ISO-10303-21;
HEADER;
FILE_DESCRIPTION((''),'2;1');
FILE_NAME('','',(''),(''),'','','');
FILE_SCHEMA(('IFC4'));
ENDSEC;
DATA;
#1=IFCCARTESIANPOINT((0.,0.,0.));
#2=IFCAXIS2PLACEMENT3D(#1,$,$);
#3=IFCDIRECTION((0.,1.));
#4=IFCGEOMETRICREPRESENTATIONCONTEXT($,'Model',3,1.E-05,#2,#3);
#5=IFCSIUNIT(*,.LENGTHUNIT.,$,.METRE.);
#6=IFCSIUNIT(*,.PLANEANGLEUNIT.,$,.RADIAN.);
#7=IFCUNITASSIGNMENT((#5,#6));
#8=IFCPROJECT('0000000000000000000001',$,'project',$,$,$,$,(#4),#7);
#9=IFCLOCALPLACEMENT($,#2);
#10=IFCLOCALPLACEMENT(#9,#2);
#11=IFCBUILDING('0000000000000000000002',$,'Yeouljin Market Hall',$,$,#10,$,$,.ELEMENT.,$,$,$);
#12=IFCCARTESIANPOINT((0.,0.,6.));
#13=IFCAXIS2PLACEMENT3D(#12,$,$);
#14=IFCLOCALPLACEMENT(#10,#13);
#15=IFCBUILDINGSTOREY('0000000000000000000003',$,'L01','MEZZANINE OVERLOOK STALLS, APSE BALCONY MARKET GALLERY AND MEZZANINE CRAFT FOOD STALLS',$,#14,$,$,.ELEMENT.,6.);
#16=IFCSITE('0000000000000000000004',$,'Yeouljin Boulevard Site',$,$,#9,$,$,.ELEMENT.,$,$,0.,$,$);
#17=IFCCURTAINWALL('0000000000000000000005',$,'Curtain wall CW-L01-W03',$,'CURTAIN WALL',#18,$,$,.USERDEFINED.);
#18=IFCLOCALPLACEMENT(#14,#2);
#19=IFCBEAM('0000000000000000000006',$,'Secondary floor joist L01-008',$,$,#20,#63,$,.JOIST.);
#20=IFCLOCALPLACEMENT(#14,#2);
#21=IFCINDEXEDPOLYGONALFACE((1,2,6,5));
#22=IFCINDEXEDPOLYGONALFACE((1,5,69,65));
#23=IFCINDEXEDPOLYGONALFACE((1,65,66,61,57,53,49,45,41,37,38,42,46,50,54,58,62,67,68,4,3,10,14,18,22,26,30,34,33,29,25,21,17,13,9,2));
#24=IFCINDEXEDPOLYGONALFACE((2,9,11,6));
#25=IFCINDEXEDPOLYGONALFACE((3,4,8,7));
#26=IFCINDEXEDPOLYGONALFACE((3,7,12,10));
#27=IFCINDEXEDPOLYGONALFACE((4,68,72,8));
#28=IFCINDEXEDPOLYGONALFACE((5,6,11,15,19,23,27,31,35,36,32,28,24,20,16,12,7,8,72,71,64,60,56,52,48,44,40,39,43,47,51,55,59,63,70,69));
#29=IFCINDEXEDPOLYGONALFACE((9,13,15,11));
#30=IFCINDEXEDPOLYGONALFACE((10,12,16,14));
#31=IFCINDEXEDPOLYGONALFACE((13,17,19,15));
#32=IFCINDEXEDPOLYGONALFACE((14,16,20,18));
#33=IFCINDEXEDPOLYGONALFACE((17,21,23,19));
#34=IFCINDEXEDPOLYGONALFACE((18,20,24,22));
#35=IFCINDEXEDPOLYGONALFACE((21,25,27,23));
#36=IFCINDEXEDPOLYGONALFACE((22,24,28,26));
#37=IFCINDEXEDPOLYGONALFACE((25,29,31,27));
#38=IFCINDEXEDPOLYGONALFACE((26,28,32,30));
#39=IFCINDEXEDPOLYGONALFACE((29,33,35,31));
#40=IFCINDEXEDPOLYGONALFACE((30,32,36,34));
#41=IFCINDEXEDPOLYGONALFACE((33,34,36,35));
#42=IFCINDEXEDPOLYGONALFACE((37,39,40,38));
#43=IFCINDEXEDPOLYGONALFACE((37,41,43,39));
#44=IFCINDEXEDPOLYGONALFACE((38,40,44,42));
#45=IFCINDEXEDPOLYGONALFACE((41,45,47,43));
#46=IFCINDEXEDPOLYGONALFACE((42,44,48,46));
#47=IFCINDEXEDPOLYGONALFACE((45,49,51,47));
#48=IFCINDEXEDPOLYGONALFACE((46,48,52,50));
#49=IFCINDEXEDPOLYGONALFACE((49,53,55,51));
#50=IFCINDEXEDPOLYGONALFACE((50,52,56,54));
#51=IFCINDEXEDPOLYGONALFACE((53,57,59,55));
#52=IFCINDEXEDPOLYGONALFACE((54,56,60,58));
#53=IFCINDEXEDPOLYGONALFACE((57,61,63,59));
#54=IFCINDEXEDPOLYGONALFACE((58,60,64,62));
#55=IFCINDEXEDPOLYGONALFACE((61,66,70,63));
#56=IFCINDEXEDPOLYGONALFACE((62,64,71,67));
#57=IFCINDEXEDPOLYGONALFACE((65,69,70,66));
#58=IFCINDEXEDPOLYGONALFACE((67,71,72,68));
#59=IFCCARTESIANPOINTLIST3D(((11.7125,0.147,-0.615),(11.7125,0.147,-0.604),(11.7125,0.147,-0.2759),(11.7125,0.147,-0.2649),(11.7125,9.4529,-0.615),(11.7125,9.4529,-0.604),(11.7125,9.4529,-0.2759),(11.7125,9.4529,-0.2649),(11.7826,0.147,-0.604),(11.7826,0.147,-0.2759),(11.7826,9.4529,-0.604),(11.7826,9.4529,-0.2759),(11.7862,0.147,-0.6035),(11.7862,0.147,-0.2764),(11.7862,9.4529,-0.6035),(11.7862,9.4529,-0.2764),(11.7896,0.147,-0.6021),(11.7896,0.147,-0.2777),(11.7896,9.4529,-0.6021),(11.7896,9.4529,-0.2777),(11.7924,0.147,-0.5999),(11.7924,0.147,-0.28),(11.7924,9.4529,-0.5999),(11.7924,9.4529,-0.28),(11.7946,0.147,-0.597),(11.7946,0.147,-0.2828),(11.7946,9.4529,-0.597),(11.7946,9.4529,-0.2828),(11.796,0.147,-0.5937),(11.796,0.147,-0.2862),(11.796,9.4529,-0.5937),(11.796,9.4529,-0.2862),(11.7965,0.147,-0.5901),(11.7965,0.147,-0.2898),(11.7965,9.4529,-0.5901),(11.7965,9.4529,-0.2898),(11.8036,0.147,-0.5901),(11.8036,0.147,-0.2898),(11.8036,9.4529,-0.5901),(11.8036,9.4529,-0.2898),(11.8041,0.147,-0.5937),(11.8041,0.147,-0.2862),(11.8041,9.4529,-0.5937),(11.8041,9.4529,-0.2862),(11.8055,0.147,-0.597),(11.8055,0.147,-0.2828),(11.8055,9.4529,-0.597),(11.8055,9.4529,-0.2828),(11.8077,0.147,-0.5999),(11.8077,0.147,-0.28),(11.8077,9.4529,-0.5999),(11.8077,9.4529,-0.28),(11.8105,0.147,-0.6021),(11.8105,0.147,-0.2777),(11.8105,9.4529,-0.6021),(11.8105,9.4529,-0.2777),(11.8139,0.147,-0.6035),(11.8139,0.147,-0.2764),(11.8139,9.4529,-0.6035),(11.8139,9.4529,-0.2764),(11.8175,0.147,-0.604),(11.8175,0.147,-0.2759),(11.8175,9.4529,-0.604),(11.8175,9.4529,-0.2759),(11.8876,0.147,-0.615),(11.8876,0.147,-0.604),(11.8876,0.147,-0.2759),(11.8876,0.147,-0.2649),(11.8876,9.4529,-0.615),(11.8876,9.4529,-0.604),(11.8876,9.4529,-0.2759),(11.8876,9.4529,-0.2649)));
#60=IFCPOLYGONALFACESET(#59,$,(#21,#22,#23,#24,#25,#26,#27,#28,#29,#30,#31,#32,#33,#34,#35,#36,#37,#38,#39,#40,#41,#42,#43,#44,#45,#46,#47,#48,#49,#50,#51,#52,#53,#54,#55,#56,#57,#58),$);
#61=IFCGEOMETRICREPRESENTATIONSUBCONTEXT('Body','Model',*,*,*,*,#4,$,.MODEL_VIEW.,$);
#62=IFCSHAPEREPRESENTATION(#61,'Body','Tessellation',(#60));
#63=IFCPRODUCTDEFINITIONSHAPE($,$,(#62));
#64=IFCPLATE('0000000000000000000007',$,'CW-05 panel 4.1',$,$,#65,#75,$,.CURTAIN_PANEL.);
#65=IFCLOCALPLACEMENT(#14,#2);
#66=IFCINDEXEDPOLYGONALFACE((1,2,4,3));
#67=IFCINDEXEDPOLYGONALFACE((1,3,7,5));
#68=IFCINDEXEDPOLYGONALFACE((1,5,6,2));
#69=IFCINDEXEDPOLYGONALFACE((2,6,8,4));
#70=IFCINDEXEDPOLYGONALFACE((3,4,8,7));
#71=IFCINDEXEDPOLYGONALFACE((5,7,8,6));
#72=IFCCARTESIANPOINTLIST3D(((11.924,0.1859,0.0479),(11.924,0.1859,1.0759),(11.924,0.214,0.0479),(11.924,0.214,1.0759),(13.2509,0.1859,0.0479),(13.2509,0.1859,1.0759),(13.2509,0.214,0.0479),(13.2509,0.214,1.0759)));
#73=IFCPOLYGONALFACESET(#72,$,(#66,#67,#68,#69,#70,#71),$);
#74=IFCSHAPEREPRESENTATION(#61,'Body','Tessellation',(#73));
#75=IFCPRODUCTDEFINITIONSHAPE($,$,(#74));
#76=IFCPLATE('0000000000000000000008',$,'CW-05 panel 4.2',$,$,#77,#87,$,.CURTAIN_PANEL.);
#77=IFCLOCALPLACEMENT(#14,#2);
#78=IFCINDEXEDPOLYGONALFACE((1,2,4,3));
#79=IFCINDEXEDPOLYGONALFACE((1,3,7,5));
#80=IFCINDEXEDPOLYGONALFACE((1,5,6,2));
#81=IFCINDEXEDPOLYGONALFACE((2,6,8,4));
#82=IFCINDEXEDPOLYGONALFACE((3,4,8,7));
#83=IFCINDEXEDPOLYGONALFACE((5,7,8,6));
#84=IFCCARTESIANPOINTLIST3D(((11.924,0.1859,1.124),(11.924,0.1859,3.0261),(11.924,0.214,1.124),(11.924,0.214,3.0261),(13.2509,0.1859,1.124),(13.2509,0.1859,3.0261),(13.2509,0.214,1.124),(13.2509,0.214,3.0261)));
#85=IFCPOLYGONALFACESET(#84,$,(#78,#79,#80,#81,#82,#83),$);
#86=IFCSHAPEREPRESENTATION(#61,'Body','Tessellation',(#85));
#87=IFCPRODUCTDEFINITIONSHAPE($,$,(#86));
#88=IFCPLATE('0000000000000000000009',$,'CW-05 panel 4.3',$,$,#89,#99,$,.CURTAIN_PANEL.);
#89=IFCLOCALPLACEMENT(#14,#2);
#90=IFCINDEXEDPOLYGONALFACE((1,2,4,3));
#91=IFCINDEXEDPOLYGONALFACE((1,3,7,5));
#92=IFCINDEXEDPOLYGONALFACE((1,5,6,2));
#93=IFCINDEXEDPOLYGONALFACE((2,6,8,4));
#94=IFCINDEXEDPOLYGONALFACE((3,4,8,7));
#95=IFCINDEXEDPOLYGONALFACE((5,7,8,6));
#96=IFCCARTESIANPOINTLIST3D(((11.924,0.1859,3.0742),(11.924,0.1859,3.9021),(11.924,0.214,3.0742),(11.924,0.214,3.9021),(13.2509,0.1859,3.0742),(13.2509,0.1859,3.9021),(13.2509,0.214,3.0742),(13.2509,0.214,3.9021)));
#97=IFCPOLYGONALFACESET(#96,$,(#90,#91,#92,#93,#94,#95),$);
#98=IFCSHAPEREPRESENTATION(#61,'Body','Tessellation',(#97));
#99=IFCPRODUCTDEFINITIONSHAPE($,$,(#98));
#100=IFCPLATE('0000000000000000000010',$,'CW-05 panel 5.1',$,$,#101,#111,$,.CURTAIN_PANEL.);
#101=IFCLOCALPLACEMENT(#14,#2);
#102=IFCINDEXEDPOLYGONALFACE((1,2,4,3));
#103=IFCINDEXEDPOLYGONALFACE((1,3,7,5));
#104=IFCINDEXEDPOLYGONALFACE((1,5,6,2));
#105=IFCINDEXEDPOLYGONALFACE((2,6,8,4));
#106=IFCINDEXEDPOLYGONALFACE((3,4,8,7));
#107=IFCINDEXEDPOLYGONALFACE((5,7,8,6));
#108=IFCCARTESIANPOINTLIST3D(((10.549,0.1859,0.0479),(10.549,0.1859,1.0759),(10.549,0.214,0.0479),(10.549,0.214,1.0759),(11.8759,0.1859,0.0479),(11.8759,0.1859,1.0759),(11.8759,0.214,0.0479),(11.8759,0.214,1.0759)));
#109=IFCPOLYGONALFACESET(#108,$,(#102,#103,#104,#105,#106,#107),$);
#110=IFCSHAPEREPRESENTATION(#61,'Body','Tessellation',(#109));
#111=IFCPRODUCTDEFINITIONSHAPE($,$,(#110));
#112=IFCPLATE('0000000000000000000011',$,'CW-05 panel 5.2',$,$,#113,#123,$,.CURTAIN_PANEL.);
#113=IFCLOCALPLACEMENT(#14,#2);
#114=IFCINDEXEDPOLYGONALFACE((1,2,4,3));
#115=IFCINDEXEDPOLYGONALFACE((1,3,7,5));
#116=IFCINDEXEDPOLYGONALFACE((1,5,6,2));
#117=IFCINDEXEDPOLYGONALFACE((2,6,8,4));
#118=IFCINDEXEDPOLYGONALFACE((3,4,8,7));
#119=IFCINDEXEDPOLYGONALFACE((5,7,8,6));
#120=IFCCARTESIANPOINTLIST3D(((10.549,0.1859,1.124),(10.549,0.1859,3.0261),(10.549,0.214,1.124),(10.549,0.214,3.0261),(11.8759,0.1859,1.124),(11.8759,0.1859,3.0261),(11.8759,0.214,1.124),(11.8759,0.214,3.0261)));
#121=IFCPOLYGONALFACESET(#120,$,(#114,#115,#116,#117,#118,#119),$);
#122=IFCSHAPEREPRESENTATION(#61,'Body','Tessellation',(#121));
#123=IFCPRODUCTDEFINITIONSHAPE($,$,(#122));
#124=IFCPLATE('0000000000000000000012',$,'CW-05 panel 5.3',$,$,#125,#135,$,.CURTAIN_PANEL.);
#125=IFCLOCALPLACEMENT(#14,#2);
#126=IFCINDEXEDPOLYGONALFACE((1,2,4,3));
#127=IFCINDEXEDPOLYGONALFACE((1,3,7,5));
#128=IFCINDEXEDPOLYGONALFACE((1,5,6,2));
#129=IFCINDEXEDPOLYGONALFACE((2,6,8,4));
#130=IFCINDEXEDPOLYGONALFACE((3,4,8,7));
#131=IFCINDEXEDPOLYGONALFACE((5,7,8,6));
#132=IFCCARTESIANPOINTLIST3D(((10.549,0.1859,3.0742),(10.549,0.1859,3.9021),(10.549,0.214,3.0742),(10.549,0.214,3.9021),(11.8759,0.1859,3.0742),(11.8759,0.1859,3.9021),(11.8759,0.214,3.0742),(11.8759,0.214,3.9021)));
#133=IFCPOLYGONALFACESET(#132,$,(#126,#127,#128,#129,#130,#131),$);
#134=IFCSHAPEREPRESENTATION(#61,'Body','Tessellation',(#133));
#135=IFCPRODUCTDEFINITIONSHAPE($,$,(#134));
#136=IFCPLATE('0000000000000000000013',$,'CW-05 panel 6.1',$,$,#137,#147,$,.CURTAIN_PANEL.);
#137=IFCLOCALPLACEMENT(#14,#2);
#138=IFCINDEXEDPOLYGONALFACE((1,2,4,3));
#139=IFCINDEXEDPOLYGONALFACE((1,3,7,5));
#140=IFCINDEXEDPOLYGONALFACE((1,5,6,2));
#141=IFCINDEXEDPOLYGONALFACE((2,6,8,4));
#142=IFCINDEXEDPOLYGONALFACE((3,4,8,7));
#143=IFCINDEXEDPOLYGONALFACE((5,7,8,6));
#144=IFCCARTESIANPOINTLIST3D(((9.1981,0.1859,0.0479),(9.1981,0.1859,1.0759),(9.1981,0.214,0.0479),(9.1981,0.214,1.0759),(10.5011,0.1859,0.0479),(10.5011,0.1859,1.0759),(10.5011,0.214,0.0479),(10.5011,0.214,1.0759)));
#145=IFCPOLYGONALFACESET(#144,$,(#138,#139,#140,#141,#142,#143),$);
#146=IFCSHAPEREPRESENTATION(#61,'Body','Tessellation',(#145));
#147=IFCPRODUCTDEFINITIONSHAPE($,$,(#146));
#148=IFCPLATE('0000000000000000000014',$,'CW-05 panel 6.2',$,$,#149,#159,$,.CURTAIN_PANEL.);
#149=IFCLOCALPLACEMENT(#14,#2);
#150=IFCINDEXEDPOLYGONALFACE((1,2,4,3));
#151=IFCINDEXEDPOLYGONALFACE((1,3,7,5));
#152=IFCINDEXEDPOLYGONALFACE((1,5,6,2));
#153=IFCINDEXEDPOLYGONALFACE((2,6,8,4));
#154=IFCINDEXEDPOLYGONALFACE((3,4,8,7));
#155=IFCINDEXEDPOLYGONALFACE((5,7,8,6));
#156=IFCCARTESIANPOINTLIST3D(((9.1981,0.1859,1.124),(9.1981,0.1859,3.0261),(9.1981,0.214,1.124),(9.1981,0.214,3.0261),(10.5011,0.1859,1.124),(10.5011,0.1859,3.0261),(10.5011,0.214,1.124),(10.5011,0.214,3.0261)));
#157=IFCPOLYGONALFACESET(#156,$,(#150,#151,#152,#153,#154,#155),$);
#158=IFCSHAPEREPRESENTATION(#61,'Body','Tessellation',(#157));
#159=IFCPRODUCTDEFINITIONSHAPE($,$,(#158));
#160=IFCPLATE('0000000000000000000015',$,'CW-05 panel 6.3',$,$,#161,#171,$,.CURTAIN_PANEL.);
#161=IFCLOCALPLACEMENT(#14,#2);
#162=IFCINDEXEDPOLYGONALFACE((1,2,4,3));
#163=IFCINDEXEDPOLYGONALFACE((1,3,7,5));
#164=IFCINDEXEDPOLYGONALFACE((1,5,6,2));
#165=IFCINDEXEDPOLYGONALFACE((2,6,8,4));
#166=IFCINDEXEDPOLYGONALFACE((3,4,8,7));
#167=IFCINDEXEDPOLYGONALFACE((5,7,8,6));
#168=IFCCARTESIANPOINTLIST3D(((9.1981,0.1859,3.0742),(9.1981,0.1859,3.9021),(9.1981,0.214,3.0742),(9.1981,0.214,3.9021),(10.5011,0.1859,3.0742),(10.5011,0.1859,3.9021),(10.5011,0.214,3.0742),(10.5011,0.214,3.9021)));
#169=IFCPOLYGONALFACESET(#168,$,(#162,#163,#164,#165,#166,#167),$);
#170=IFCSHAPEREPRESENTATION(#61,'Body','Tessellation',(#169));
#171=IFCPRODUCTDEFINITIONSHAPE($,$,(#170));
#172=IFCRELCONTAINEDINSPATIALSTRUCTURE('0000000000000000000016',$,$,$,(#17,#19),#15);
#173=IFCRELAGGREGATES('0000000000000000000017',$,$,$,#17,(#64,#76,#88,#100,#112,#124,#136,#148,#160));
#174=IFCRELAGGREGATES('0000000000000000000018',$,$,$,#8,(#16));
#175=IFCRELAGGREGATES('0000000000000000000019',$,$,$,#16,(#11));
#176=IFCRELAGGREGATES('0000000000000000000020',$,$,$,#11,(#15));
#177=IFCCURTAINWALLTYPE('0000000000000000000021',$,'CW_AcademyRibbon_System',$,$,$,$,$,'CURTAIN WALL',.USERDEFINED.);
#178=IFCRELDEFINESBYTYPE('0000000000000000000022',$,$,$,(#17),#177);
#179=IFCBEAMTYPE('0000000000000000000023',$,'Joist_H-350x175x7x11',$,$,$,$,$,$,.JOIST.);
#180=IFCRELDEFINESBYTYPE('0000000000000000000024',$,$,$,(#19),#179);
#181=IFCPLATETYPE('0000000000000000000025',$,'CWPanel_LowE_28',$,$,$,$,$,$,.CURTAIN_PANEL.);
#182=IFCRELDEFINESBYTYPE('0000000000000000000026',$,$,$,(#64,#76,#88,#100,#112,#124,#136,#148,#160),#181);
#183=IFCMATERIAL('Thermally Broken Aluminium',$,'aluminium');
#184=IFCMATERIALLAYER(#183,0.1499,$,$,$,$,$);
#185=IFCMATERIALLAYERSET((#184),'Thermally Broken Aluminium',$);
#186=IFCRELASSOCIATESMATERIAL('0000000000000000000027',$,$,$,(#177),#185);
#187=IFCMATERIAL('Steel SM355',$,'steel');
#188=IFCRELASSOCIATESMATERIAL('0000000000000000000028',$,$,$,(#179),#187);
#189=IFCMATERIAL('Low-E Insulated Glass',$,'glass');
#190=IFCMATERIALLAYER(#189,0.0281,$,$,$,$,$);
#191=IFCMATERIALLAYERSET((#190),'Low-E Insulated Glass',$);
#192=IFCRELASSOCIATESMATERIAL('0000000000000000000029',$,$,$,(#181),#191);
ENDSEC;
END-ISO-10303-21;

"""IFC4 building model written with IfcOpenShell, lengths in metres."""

from ifc_helpers import new_model, si_unit, direction, frame, origin, origin_2d, place, context, subcontext, project, spatial, rectangle, i_section, extrude, material, layer, layer_set, material_profile, profile_set, type_object, element, aggregate, save


model = new_model("IFC4")

# Units and contexts
model_context = context("Model", 3, precision=1e-05, world=origin(), true_north=direction((0.0, 1.0)))
body_context = subcontext(model_context, "Body", "Model", "MODEL_VIEW")
ifc_project = project(units=[si_unit("LENGTHUNIT", "METRE"), si_unit("PLANEANGLEUNIT", "RADIAN")], contexts=[model_context])

# Site, building, storey
site_placement = place(None, origin())
site = spatial("IfcSite", under=ifc_project, at=site_placement, Name="Yeouljin Boulevard Site", CompositionType="ELEMENT", RefElevation=0.0)
building_placement = place(site_placement, origin())
building = spatial("IfcBuilding", under=site, at=building_placement, Name="Yeouljin Market Hall", CompositionType="ELEMENT")
storey_placement = place(building_placement, frame((0.0, 0.0, 6.0)))
storey = spatial("IfcBuildingStorey", under=building, at=storey_placement, Name="L01", Description="MEZZANINE OVERLOOK STALLS, APSE BALCONY MARKET GALLERY AND MEZZANINE CRAFT FOOD STALLS", CompositionType="ELEMENT", Elevation=6.0)

# Curtain wall
ifc_material_1 = material(Name="Thermally Broken Aluminium", Category="aluminium")
ifc_layer_1 = layer(ifc_material_1, 0.1499)
ifc_layer_set_1 = layer_set([ifc_layer_1], Name="Thermally Broken Aluminium")
curtain_wall_type = type_object("IfcCurtainWallType", Name="CW_AcademyRibbon_System", ElementType="CURTAIN WALL", PredefinedType="USERDEFINED", material=ifc_layer_set_1)
curtain_wall_placement = place(storey_placement, origin())
curtain_wall = element("IfcCurtainWall", 1, at=curtain_wall_placement, inside=storey, type_object=curtain_wall_type, Name="Curtain wall CW-L01-W03", ObjectType="CURTAIN WALL", PredefinedType="USERDEFINED")

# Beam
ifc_material_2 = material(Name="Steel SM355", Category="steel")
ifc_material_profile_1 = material_profile(ifc_material_2, i_section(OverallWidth=0.175, OverallDepth=0.3501, WebThickness=0.0071, FlangeThickness=0.011, FilletRadius=0.0139, at=origin_2d()), Name="H-350x175x7x11")
ifc_profile_set_1 = profile_set([ifc_material_profile_1], Name="Steel SM355")
beam_type = type_object("IfcBeamType", Name="Joist_H-350x175x7x11", PredefinedType="JOIST", material=ifc_profile_set_1)
beam_placement = place(storey_placement, frame((11.8, 0.147, -0.4399), z_axis=(0.0, 1.0, 0.0), x_axis=(-1.0, 0.0, 0.0)))
element("IfcBeam", 2, at=beam_placement, inside=storey, type_object=beam_type, Name="Secondary floor joist L01-008", PredefinedType="JOIST", context=body_context, shape_type="SweptSolid", body=[
    extrude(i_section(OverallWidth=0.175, OverallDepth=0.3501, WebThickness=0.0071, FlangeThickness=0.011, FilletRadius=0.0139, at=origin_2d()), origin(), (0.0, 0.0, 1.0), 9.3059),
])

# Plates
ifc_material_3 = material(Name="Low-E Insulated Glass", Category="glass")
ifc_layer_2 = layer(ifc_material_3, 0.0281)
ifc_layer_set_2 = layer_set([ifc_layer_2], Name="Low-E Insulated Glass")
plate_type = type_object("IfcPlateType", Name="CWPanel_LowE_28", PredefinedType="CURTAIN_PANEL", material=ifc_layer_set_2)
plate_1_placement = place(storey_placement, frame((12.5874, 0.2, 0.0479), z_axis=(0.0, 0.0, 1.0), x_axis=(-1.0, 0.0, 0.0)))
plate_1 = element("IfcPlate", 3, at=plate_1_placement, type_object=plate_type, Name="CW-05 panel 4.1", PredefinedType="CURTAIN_PANEL", context=body_context, shape_type="SweptSolid", body=[
    extrude(rectangle(XDim=1.3269, YDim=0.0281, at=origin_2d()), origin(), (0.0, 0.0, 1.0), 1.0281),
])
plate_2_placement = place(storey_placement, frame((12.5874, 0.2, 1.124), z_axis=(0.0, 0.0, 1.0), x_axis=(-1.0, 0.0, 0.0)))
plate_2 = element("IfcPlate", 4, at=plate_2_placement, type_object=plate_type, Name="CW-05 panel 4.2", PredefinedType="CURTAIN_PANEL", context=body_context, shape_type="SweptSolid", body=[
    extrude(rectangle(XDim=1.3269, YDim=0.0281, at=origin_2d()), origin(), (0.0, 0.0, 1.0), 1.9021),
])
plate_3_placement = place(storey_placement, frame((12.5874, 0.2, 3.0742), z_axis=(0.0, 0.0, 1.0), x_axis=(-1.0, 0.0, 0.0)))
plate_3 = element("IfcPlate", 5, at=plate_3_placement, type_object=plate_type, Name="CW-05 panel 4.3", PredefinedType="CURTAIN_PANEL", context=body_context, shape_type="SweptSolid", body=[
    extrude(rectangle(XDim=1.3269, YDim=0.0281, at=origin_2d()), origin(), (0.0, 0.0, 1.0), 0.8279),
])
plate_4_placement = place(storey_placement, frame((11.2124, 0.2, 0.0479), z_axis=(0.0, 0.0, 1.0), x_axis=(-1.0, 0.0, 0.0)))
plate_4 = element("IfcPlate", 6, at=plate_4_placement, type_object=plate_type, Name="CW-05 panel 5.1", PredefinedType="CURTAIN_PANEL", context=body_context, shape_type="SweptSolid", body=[
    extrude(rectangle(XDim=1.3269, YDim=0.0281, at=origin_2d()), origin(), (0.0, 0.0, 1.0), 1.0281),
])
plate_5_placement = place(storey_placement, frame((11.2124, 0.2, 1.124), z_axis=(0.0, 0.0, 1.0), x_axis=(-1.0, 0.0, 0.0)))
plate_5 = element("IfcPlate", 7, at=plate_5_placement, type_object=plate_type, Name="CW-05 panel 5.2", PredefinedType="CURTAIN_PANEL", context=body_context, shape_type="SweptSolid", body=[
    extrude(rectangle(XDim=1.3269, YDim=0.0281, at=origin_2d()), origin(), (0.0, 0.0, 1.0), 1.9021),
])
plate_6_placement = place(storey_placement, frame((11.2124, 0.2, 3.0742), z_axis=(0.0, 0.0, 1.0), x_axis=(-1.0, 0.0, 0.0)))
plate_6 = element("IfcPlate", 8, at=plate_6_placement, type_object=plate_type, Name="CW-05 panel 5.3", PredefinedType="CURTAIN_PANEL", context=body_context, shape_type="SweptSolid", body=[
    extrude(rectangle(XDim=1.3269, YDim=0.0281, at=origin_2d()), origin(), (0.0, 0.0, 1.0), 0.8279),
])
plate_7_placement = place(storey_placement, frame((9.8496, 0.2, 0.0479), z_axis=(0.0, 0.0, 1.0), x_axis=(-1.0, 0.0, 0.0)))
plate_7 = element("IfcPlate", 9, at=plate_7_placement, type_object=plate_type, Name="CW-05 panel 6.1", PredefinedType="CURTAIN_PANEL", context=body_context, shape_type="SweptSolid", body=[
    extrude(rectangle(XDim=1.303, YDim=0.0281, at=origin_2d()), origin(), (0.0, 0.0, 1.0), 1.0281),
])
plate_8_placement = place(storey_placement, frame((9.8496, 0.2, 1.124), z_axis=(0.0, 0.0, 1.0), x_axis=(-1.0, 0.0, 0.0)))
plate_8 = element("IfcPlate", 10, at=plate_8_placement, type_object=plate_type, Name="CW-05 panel 6.2", PredefinedType="CURTAIN_PANEL", context=body_context, shape_type="SweptSolid", body=[
    extrude(rectangle(XDim=1.303, YDim=0.0281, at=origin_2d()), origin(), (0.0, 0.0, 1.0), 1.9021),
])
plate_9_placement = place(storey_placement, frame((9.8496, 0.2, 3.0742), z_axis=(0.0, 0.0, 1.0), x_axis=(-1.0, 0.0, 0.0)))
plate_9 = element("IfcPlate", 11, at=plate_9_placement, type_object=plate_type, Name="CW-05 panel 6.3", PredefinedType="CURTAIN_PANEL", context=body_context, shape_type="SweptSolid", body=[
    extrude(rectangle(XDim=1.303, YDim=0.0281, at=origin_2d()), origin(), (0.0, 0.0, 1.0), 0.8279),
])
aggregate(curtain_wall, [plate_1, plate_2, plate_3, plate_4, plate_5, plate_6, plate_7, plate_8, plate_9])

save(model, "model.ifc")
